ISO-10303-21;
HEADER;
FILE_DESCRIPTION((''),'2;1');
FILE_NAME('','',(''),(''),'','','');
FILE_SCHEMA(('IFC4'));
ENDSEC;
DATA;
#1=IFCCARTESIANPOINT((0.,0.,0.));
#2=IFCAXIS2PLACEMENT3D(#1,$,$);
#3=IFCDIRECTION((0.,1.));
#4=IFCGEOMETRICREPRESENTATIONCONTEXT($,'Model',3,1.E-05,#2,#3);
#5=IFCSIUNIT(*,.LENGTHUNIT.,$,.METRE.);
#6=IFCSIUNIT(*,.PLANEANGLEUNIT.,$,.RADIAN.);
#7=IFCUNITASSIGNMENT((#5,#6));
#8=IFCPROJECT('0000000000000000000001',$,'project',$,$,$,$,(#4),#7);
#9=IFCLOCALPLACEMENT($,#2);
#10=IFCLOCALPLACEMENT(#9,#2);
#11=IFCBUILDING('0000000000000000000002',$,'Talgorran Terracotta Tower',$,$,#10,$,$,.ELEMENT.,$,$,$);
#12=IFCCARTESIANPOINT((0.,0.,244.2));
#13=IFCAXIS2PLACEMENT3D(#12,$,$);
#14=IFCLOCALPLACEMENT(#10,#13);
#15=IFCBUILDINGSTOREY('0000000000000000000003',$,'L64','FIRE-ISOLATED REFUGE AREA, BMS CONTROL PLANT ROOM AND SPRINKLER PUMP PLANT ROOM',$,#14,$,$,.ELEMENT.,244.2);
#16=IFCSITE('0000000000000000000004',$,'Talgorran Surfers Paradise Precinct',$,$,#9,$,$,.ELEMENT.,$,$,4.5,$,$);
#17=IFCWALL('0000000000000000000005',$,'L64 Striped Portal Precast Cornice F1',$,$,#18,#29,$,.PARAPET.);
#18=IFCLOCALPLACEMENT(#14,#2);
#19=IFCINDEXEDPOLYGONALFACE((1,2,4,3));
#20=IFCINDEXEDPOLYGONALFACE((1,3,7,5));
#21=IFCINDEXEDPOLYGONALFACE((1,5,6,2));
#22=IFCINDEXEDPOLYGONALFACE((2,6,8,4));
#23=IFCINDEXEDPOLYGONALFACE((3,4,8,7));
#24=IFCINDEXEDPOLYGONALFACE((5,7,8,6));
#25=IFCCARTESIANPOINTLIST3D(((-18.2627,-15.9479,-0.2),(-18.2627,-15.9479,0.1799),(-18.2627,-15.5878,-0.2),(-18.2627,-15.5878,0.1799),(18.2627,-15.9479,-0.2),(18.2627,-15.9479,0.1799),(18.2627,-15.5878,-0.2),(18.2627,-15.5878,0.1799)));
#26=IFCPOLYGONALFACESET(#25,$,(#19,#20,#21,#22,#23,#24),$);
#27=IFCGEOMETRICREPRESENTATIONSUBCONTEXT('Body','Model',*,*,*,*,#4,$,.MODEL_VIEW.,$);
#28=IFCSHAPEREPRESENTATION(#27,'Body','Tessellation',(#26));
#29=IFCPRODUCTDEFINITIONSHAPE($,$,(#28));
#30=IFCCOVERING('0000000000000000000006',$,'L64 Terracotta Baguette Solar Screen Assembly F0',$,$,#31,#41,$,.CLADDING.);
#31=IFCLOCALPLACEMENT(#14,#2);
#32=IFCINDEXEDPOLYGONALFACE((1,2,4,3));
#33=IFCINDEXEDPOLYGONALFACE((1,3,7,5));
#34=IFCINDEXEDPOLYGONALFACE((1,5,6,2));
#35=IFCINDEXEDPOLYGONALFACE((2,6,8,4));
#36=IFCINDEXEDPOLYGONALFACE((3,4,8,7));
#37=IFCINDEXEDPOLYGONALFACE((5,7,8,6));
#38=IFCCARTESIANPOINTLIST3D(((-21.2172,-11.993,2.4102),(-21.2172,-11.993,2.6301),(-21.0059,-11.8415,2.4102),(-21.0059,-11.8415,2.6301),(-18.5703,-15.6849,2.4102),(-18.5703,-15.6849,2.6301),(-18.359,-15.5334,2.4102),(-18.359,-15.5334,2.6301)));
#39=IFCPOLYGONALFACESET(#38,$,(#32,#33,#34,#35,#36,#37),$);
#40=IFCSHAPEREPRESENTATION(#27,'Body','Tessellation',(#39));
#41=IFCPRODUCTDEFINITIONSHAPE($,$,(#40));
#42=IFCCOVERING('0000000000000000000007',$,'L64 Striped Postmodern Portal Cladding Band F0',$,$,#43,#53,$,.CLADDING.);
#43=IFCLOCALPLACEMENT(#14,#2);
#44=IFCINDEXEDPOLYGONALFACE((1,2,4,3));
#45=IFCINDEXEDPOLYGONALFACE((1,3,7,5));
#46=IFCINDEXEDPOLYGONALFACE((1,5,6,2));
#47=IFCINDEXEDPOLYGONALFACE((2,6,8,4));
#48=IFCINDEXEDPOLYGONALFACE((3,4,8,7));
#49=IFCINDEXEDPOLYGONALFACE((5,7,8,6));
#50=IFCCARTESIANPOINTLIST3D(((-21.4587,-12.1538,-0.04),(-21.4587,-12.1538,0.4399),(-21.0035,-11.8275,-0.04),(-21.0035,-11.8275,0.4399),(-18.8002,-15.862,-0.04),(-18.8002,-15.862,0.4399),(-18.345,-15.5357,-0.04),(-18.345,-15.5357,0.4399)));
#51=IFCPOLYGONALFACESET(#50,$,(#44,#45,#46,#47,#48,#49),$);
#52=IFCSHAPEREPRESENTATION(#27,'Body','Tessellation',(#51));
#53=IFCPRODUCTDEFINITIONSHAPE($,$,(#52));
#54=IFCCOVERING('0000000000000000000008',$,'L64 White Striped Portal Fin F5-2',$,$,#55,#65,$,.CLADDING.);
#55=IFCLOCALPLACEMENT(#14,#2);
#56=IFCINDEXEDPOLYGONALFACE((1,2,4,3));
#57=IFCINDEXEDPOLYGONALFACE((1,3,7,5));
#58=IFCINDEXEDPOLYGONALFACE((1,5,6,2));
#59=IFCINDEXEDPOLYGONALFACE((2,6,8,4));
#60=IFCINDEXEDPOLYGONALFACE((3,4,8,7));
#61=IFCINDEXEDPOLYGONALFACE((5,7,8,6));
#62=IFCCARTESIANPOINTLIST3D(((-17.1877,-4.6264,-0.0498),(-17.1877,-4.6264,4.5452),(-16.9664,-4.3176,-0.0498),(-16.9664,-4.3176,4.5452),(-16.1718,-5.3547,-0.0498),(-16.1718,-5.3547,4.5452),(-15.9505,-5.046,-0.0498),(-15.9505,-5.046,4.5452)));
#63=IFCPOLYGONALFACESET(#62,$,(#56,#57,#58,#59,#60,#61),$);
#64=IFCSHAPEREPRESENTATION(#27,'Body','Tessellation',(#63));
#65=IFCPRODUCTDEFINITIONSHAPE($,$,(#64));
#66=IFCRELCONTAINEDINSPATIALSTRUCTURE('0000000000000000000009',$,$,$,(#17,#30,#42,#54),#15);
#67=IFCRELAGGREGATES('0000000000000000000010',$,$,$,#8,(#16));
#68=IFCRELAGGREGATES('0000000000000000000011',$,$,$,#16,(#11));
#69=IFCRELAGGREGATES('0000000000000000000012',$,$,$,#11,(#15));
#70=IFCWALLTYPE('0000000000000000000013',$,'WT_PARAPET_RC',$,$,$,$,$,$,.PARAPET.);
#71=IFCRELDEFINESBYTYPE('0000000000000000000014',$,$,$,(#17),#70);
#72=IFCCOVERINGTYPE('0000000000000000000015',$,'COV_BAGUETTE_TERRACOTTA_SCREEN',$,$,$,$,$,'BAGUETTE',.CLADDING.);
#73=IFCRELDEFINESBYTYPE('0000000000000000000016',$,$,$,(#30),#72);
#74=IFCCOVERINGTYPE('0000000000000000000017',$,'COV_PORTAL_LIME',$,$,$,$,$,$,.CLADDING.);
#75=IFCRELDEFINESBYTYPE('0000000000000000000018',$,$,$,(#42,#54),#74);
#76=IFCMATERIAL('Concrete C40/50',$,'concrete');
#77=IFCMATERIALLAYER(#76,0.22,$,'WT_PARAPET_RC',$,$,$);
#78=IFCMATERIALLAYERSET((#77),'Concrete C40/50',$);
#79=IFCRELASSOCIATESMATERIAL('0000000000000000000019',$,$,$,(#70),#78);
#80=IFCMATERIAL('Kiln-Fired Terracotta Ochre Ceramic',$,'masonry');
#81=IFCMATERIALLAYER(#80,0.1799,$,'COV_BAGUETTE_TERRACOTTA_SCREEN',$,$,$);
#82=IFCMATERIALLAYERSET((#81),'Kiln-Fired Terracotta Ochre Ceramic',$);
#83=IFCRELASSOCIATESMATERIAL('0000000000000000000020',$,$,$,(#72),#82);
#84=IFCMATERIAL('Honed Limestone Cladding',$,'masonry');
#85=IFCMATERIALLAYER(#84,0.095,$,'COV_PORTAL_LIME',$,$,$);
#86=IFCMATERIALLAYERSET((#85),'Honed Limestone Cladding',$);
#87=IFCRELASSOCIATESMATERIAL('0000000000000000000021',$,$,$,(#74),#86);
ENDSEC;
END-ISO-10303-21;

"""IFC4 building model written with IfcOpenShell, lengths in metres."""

from ifc_helpers import new_model, si_unit, direction, frame, frame_2d, origin, origin_2d, place, context, subcontext, project, spatial, rectangle, extrude, material, layer, layer_set, type_object, element, save


model = new_model("IFC4")

# Units and contexts
model_context = context("Model", 3, precision=1e-05, world=origin(), true_north=direction((0.0, 1.0)))
body_context = subcontext(model_context, "Body", "Model", "MODEL_VIEW")
ifc_project = project(units=[si_unit("LENGTHUNIT", "METRE"), si_unit("PLANEANGLEUNIT", "RADIAN")], contexts=[model_context])

# Site, building, storey
site_placement = place(None, origin())
site = spatial("IfcSite", under=ifc_project, at=site_placement, Name="Talgorran Surfers Paradise Precinct", CompositionType="ELEMENT", RefElevation=4.5)
building_placement = place(site_placement, origin())
building = spatial("IfcBuilding", under=site, at=building_placement, Name="Talgorran Terracotta Tower", CompositionType="ELEMENT")
storey_placement = place(building_placement, frame((0.0, 0.0, 244.2)))
storey = spatial("IfcBuildingStorey", under=building, at=storey_placement, Name="L64", Description="FIRE-ISOLATED REFUGE AREA, BMS CONTROL PLANT ROOM AND SPRINKLER PUMP PLANT ROOM", CompositionType="ELEMENT", Elevation=244.2)

# Wall
ifc_material_1 = material(Name="Concrete C40/50", Category="concrete")
ifc_layer_1 = layer(ifc_material_1, 0.22, Name="WT_PARAPET_RC")
ifc_layer_set_1 = layer_set([ifc_layer_1], Name="Concrete C40/50")
wall_type = type_object("IfcWallType", Name="WT_PARAPET_RC", PredefinedType="PARAPET", material=ifc_layer_set_1)
wall_1_placement = place(storey_placement, frame((-18.2627, -15.7678, -0.2), z_axis=(0.0, 0.0, 1.0), x_axis=(1.0, 0.0, 0.0)))
element("IfcWall", 1, at=wall_1_placement, inside=storey, type_object=wall_type, Name="L64 Striped Portal Precast Cornice F1", PredefinedType="PARAPET", context=body_context, shape_type="SweptSolid", body=[
    extrude(rectangle(XDim=36.5254, YDim=0.3601, at=frame_2d((18.2627, 0.0))), origin(), (0.0, 0.0, 1.0), 0.3799),
])

# Coverings
ifc_material_2 = material(Name="Kiln-Fired Terracotta Ochre Ceramic", Category="masonry")
ifc_layer_2 = layer(ifc_material_2, 0.1799, Name="COV_BAGUETTE_TERRACOTTA_SCREEN")
ifc_layer_set_2 = layer_set([ifc_layer_2], Name="Kiln-Fired Terracotta Ochre Ceramic")
covering_type_1 = type_object("IfcCoveringType", Name="COV_BAGUETTE_TERRACOTTA_SCREEN", ElementType="BAGUETTE", PredefinedType="CLADDING", material=ifc_layer_set_2)
covering_1_placement = place(storey_placement, frame((-19.7881, -13.7632, 2.4102), z_axis=(0.0, 0.0, 1.0), x_axis=(0.582662, -0.812715, 0.0)))
element("IfcCovering", 2, at=covering_1_placement, inside=storey, type_object=covering_type_1, Name="L64 Terracotta Baguette Solar Screen Assembly F0", PredefinedType="CLADDING", context=body_context, shape_type="SweptSolid", body=[
    extrude(rectangle(XDim=4.5427, YDim=0.26, at=origin_2d()), origin(), (0.0, 0.0, 1.0), 0.22),
])
ifc_material_3 = material(Name="Honed Limestone Cladding", Category="masonry")
ifc_layer_3 = layer(ifc_material_3, 0.095, Name="COV_PORTAL_LIME")
ifc_layer_set_3 = layer_set([ifc_layer_3], Name="Honed Limestone Cladding")
covering_type_2 = type_object("IfcCoveringType", Name="COV_PORTAL_LIME", PredefinedType="CLADDING", material=ifc_layer_set_3)
covering_2_placement = place(storey_placement, frame((-19.9019, -13.8447, -0.04), z_axis=(0.0, 0.0, 1.0), x_axis=(0.582662, -0.812715, 0.0)))
element("IfcCovering", 3, at=covering_2_placement, inside=storey, type_object=covering_type_2, Name="L64 Striped Postmodern Portal Cladding Band F0", PredefinedType="CLADDING", context=body_context, shape_type="SweptSolid", body=[
    extrude(rectangle(XDim=4.5627, YDim=0.5601, at=origin_2d()), origin(), (0.0, 0.0, 1.0), 0.48),
])
covering_3_placement = place(storey_placement, frame((-16.5691, -4.8362, -0.0498), z_axis=(0.0, 0.0, 1.0), x_axis=(-0.582662, -0.812715, 0.0)))
element("IfcCovering", 4, at=covering_3_placement, inside=storey, type_object=covering_type_2, Name="L64 White Striped Portal Fin F5-2", PredefinedType="CLADDING", context=body_context, shape_type="SweptSolid", body=[
    extrude(rectangle(XDim=0.3799, YDim=1.25, at=origin_2d()), origin(), (0.0, 0.0, 1.0), 4.595),
])

save(model, "model.ifc")
